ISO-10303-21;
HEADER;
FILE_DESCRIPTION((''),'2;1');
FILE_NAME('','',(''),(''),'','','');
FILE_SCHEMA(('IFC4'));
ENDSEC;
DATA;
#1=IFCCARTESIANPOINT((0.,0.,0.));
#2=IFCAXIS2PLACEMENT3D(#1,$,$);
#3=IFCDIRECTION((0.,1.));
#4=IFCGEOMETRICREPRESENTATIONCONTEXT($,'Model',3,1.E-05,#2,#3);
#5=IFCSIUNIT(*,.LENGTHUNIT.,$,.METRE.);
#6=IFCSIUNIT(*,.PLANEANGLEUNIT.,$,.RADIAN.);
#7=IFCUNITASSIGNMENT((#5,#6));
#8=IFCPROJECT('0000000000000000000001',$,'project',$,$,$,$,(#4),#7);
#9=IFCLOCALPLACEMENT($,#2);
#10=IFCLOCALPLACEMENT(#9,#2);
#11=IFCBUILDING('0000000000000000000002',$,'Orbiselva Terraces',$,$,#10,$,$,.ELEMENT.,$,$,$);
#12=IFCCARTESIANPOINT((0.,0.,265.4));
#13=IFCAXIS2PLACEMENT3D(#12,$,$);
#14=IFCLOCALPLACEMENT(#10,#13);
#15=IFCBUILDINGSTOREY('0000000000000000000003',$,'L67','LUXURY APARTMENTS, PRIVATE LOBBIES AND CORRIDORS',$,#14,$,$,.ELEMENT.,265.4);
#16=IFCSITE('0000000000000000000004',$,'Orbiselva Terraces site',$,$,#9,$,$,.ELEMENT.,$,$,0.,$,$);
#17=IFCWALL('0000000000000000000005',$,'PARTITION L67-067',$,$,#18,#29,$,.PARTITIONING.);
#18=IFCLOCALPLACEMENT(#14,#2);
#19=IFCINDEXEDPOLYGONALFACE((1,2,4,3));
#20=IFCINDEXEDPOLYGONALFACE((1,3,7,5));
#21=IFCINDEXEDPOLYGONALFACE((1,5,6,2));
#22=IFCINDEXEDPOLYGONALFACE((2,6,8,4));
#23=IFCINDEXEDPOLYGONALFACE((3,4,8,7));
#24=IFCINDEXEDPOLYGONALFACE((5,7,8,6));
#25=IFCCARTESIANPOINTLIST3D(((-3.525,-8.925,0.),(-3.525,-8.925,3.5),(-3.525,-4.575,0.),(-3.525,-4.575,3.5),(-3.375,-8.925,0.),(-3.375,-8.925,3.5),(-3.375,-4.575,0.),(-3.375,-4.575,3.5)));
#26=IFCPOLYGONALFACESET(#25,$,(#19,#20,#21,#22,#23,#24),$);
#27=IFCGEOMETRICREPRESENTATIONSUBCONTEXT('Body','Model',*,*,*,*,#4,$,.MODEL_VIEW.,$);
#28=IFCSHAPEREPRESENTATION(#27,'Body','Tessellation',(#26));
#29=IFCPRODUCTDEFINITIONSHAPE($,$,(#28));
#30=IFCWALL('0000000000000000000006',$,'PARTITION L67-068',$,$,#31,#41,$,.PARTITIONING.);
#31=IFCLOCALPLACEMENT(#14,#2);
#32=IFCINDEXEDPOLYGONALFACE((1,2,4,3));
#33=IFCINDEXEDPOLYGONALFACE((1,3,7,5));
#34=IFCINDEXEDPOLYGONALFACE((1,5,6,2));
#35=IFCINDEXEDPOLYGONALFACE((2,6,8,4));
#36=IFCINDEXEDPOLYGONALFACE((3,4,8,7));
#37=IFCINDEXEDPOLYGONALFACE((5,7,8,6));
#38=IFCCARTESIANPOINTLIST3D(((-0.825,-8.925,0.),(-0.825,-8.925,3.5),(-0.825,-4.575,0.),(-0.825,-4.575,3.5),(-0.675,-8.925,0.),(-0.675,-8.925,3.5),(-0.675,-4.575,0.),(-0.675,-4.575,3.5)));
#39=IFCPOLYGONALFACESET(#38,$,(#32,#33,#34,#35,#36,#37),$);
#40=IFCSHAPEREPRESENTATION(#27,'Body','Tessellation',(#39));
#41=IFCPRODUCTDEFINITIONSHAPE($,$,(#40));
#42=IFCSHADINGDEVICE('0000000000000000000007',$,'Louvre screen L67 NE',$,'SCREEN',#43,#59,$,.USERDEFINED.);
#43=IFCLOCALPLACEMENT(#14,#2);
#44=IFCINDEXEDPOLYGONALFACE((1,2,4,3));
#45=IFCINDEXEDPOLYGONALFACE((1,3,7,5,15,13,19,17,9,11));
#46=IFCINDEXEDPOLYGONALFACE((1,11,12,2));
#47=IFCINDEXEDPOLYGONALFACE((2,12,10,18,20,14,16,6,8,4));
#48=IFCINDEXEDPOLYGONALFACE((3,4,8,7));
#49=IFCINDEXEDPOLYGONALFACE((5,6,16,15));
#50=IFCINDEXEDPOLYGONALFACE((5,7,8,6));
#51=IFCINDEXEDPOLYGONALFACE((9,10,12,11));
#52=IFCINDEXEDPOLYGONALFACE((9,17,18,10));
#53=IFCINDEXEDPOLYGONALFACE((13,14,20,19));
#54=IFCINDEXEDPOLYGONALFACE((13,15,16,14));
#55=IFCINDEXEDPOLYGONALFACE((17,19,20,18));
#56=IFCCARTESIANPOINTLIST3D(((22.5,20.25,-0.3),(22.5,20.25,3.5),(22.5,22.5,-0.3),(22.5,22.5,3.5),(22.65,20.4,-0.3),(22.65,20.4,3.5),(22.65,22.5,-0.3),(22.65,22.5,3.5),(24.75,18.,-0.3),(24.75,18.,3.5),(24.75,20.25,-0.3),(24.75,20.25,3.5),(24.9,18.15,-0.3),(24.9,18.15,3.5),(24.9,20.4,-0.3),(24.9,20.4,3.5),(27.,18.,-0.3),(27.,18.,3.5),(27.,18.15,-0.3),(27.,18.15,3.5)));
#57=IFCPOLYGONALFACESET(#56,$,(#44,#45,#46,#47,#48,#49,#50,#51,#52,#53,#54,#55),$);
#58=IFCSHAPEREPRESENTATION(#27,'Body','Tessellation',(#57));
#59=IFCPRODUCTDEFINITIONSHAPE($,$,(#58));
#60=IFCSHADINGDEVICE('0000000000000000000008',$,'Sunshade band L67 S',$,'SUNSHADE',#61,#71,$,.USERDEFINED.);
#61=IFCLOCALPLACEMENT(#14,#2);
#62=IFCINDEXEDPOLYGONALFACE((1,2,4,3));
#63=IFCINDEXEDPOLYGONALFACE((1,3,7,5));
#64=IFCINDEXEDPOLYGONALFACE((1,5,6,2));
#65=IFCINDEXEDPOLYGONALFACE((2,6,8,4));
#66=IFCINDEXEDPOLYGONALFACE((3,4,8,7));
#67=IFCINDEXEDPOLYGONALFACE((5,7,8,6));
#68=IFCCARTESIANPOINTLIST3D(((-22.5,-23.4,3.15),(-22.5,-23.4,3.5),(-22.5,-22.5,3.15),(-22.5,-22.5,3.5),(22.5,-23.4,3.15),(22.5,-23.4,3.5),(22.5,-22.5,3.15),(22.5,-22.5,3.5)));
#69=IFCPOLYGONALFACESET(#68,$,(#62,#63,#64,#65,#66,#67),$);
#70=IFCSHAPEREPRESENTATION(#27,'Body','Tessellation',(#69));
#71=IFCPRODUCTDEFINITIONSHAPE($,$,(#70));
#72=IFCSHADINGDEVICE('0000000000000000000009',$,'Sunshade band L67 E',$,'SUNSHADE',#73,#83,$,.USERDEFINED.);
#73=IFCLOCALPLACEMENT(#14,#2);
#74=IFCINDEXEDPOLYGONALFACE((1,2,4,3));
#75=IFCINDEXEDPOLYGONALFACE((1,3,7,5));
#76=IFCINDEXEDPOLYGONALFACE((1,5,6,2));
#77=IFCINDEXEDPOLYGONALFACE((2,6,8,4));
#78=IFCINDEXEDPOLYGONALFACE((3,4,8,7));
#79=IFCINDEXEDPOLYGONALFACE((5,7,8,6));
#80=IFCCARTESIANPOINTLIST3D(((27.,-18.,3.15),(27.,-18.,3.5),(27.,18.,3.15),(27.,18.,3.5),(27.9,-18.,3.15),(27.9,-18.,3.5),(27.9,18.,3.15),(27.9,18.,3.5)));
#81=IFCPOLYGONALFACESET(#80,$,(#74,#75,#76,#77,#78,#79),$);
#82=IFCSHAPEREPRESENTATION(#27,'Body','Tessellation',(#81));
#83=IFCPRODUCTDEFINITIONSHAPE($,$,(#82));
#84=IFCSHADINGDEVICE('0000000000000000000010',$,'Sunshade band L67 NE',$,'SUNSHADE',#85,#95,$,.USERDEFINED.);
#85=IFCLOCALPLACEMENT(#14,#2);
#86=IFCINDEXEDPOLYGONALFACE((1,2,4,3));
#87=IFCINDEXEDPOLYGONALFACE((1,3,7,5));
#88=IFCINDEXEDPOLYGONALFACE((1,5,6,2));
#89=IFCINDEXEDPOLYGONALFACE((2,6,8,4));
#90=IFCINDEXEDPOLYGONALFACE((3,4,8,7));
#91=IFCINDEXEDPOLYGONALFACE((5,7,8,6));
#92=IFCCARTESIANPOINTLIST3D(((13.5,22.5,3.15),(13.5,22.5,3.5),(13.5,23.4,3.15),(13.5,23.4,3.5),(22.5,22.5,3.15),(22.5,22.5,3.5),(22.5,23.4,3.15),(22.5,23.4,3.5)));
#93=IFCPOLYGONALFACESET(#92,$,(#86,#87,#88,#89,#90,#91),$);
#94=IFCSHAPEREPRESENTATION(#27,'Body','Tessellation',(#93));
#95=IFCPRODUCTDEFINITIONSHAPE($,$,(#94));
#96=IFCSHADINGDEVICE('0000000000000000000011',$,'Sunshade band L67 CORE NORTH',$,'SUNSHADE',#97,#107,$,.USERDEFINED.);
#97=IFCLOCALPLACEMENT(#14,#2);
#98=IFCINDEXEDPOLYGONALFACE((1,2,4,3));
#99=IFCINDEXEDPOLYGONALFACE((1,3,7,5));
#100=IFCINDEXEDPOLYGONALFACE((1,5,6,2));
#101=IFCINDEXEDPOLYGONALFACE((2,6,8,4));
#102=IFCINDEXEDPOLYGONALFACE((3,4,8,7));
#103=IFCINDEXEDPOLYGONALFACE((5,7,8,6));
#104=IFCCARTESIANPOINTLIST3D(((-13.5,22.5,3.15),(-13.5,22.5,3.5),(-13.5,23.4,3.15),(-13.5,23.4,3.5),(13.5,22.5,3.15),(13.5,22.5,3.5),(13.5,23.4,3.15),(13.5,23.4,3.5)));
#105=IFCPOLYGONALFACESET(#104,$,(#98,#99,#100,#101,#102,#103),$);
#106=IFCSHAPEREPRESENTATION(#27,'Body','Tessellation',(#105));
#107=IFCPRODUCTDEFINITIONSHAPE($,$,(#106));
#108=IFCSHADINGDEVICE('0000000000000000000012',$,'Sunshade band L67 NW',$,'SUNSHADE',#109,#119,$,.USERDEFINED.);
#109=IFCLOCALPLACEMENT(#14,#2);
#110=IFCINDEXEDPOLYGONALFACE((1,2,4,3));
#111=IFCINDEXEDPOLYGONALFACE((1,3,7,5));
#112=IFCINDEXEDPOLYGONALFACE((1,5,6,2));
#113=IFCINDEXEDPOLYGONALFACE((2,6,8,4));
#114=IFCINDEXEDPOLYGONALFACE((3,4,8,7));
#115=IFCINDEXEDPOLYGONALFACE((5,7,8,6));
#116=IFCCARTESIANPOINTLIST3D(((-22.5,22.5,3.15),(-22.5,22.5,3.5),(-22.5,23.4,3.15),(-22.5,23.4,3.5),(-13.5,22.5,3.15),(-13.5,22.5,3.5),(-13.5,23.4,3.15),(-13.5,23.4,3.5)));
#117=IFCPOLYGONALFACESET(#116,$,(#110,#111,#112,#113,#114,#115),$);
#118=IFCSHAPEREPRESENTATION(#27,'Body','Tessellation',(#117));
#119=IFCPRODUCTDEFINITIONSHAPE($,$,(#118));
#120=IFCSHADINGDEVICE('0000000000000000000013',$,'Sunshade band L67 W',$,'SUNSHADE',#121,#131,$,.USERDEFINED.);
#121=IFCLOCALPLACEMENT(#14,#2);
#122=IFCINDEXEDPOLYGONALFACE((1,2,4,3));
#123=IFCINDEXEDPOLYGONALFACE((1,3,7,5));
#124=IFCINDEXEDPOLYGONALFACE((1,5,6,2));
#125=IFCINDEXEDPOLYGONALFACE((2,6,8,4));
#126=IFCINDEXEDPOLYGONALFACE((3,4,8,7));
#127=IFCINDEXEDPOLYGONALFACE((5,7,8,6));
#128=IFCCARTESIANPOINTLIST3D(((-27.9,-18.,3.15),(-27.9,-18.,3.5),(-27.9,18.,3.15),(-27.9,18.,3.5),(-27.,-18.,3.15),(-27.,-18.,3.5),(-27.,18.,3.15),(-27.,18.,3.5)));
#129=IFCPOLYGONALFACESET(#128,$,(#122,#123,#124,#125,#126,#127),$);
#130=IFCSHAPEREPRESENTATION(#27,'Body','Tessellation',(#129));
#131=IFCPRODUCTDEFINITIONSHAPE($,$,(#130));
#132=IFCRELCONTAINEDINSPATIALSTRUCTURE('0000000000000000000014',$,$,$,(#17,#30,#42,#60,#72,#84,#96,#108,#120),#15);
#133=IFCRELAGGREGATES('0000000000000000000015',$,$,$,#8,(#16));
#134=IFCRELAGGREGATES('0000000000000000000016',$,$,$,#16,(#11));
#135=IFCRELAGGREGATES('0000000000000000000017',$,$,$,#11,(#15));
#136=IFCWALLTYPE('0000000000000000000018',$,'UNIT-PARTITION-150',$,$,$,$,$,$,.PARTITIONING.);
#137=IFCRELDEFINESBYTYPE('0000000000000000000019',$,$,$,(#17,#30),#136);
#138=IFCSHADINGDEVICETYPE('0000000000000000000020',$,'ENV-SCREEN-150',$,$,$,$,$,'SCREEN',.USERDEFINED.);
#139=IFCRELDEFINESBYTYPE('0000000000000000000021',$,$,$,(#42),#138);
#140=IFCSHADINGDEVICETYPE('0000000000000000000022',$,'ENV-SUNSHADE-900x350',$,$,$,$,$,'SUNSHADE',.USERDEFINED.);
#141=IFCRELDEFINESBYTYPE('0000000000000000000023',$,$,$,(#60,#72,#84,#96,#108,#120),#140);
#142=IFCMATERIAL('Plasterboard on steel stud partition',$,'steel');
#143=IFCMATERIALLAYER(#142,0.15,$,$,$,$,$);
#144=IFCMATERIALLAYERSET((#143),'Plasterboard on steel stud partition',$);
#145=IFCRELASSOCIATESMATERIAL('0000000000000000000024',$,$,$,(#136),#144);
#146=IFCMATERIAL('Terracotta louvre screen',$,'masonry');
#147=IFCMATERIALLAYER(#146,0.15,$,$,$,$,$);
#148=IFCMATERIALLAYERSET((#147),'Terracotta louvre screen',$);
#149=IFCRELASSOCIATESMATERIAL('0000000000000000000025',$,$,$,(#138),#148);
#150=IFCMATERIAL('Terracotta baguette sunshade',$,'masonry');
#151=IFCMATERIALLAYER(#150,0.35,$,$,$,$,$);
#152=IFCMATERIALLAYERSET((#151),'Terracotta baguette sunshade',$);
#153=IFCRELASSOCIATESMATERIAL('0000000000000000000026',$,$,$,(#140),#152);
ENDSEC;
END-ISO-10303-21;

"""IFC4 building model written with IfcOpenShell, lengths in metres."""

from ifc_helpers import new_model, si_unit, direction, frame, frame_2d, origin, place, context, subcontext, project, spatial, polyline, rectangle, outline, extrude, material, layer, layer_set, type_object, element, save


model = new_model("IFC4")

# Units and contexts
model_context = context("Model", 3, precision=1e-05, world=origin(), true_north=direction((0.0, 1.0)))
body_context = subcontext(model_context, "Body", "Model", "MODEL_VIEW")
ifc_project = project(units=[si_unit("LENGTHUNIT", "METRE"), si_unit("PLANEANGLEUNIT", "RADIAN")], contexts=[model_context])

# Site, building, storey
site_placement = place(None, origin())
site = spatial("IfcSite", under=ifc_project, at=site_placement, Name="Orbiselva Terraces site", CompositionType="ELEMENT", RefElevation=0.0)
building_placement = place(site_placement, origin())
building = spatial("IfcBuilding", under=site, at=building_placement, Name="Orbiselva Terraces", CompositionType="ELEMENT")
storey_placement = place(building_placement, frame((0.0, 0.0, 265.4)))
storey = spatial("IfcBuildingStorey", under=building, at=storey_placement, Name="L67", Description="LUXURY APARTMENTS, PRIVATE LOBBIES AND CORRIDORS", CompositionType="ELEMENT", Elevation=265.4)

# Shared definitions
ifc_material_1 = material(Name="Plasterboard on steel stud partition", Category="steel")
ifc_layer_1 = layer(ifc_material_1, 0.15)
ifc_layer_set_1 = layer_set([ifc_layer_1], Name="Plasterboard on steel stud partition")
wall_type = type_object("IfcWallType", Name="UNIT-PARTITION-150", PredefinedType="PARTITIONING", material=ifc_layer_set_1)

# Walls
for number, where, z_axis, x_axis, name in (
    (1, (-3.45, -8.925, 0.0), (0.0, 0.0, 1.0), (0.0, 1.0, 0.0), "PARTITION L67-067"),
    (2, (-0.75, -8.925, 0.0), (0.0, 0.0, 1.0), (0.0, 1.0, 0.0), "PARTITION L67-068"),
):
    element("IfcWall", number, at=place(storey_placement, frame(where, z_axis=z_axis, x_axis=x_axis)), inside=storey, type_object=wall_type, Name=name, PredefinedType="PARTITIONING", context=body_context, shape_type="SweptSolid", body=[
        extrude(rectangle(XDim=4.35, YDim=0.15, at=frame_2d((2.175, 0.0))), origin(), (0.0, 0.0, 1.0), 3.5),
    ])

# Shading devices
ifc_material_2 = material(Name="Terracotta louvre screen", Category="masonry")
ifc_layer_2 = layer(ifc_material_2, 0.15)
ifc_layer_set_2 = layer_set([ifc_layer_2], Name="Terracotta louvre screen")
shading_device_type_1 = type_object("IfcShadingDeviceType", Name="ENV-SCREEN-150", ElementType="SCREEN", PredefinedType="USERDEFINED", material=ifc_layer_set_2)
shading_device_1_placement = place(storey_placement, frame((0.0, 0.0, -0.3)))
element("IfcShadingDevice", 3, at=shading_device_1_placement, inside=storey, type_object=shading_device_type_1, Name="Louvre screen L67 NE", ObjectType="SCREEN", PredefinedType="USERDEFINED", context=body_context, shape_type="SweptSolid", body=[
    extrude(outline(polyline([(27.0, 18.15), (24.9, 18.15), (24.9, 20.4), (22.65, 20.4), (22.65, 22.5), (22.5, 22.5), (22.5, 20.25), (24.75, 20.25), (24.75, 18.0), (27.0, 18.0), (27.0, 18.15)])), origin(), (0.0, 0.0, 1.0), 3.8),
])
ifc_material_3 = material(Name="Terracotta baguette sunshade", Category="masonry")
ifc_layer_3 = layer(ifc_material_3, 0.35)
ifc_layer_set_3 = layer_set([ifc_layer_3], Name="Terracotta baguette sunshade")
shading_device_type_2 = type_object("IfcShadingDeviceType", Name="ENV-SUNSHADE-900x350", ElementType="SUNSHADE", PredefinedType="USERDEFINED", material=ifc_layer_set_3)
shading_device_2_placement = place(storey_placement, frame((0.0, 0.0, 3.15)))
element("IfcShadingDevice", 4, at=shading_device_2_placement, inside=storey, type_object=shading_device_type_2, Name="Sunshade band L67 S", ObjectType="SUNSHADE", PredefinedType="USERDEFINED", context=body_context, shape_type="SweptSolid", body=[
    extrude(outline(polyline([(-22.5, -23.4), (22.5, -23.4), (22.5, -22.5), (-22.5, -22.5), (-22.5, -23.4)])), origin(), (0.0, 0.0, 1.0), 0.35),
])
shading_device_3_placement = place(storey_placement, frame((0.0, 0.0, 3.15)))
element("IfcShadingDevice", 5, at=shading_device_3_placement, inside=storey, type_object=shading_device_type_2, Name="Sunshade band L67 E", ObjectType="SUNSHADE", PredefinedType="USERDEFINED", context=body_context, shape_type="SweptSolid", body=[
    extrude(outline(polyline([(27.9, -18.0), (27.9, 18.0), (27.0, 18.0), (27.0, -18.0), (27.9, -18.0)])), origin(), (0.0, 0.0, 1.0), 0.35),
])
shading_device_4_placement = place(storey_placement, frame((0.0, 0.0, 3.15)))
element("IfcShadingDevice", 6, at=shading_device_4_placement, inside=storey, type_object=shading_device_type_2, Name="Sunshade band L67 NE", ObjectType="SUNSHADE", PredefinedType="USERDEFINED", context=body_context, shape_type="SweptSolid", body=[
    extrude(outline(polyline([(22.5, 23.4), (13.5, 23.4), (13.5, 22.5), (22.5, 22.5), (22.5, 23.4)])), origin(), (0.0, 0.0, 1.0), 0.35),
])
shading_device_5_placement = place(storey_placement, frame((0.0, 0.0, 3.15)))
element("IfcShadingDevice", 7, at=shading_device_5_placement, inside=storey, type_object=shading_device_type_2, Name="Sunshade band L67 CORE NORTH", ObjectType="SUNSHADE", PredefinedType="USERDEFINED", context=body_context, shape_type="SweptSolid", body=[
    extrude(outline(polyline([(13.5, 23.4), (-13.5, 23.4), (-13.5, 22.5), (13.5, 22.5), (13.5, 23.4)])), origin(), (0.0, 0.0, 1.0), 0.35),
])
shading_device_6_placement = place(storey_placement, frame((0.0, 0.0, 3.15)))
element("IfcShadingDevice", 8, at=shading_device_6_placement, inside=storey, type_object=shading_device_type_2, Name="Sunshade band L67 NW", ObjectType="SUNSHADE", PredefinedType="USERDEFINED", context=body_context, shape_type="SweptSolid", body=[
    extrude(outline(polyline([(-13.5, 23.4), (-22.5, 23.4), (-22.5, 22.5), (-13.5, 22.5), (-13.5, 23.4)])), origin(), (0.0, 0.0, 1.0), 0.35),
])
shading_device_7_placement = place(storey_placement, frame((0.0, 0.0, 3.15)))
element("IfcShadingDevice", 9, at=shading_device_7_placement, inside=storey, type_object=shading_device_type_2, Name="Sunshade band L67 W", ObjectType="SUNSHADE", PredefinedType="USERDEFINED", context=body_context, shape_type="SweptSolid", body=[
    extrude(outline(polyline([(-27.9, 18.0), (-27.9, -18.0), (-27.0, -18.0), (-27.0, 18.0), (-27.9, 18.0)])), origin(), (0.0, 0.0, 1.0), 0.35),
])

save(model, "model.ifc")
